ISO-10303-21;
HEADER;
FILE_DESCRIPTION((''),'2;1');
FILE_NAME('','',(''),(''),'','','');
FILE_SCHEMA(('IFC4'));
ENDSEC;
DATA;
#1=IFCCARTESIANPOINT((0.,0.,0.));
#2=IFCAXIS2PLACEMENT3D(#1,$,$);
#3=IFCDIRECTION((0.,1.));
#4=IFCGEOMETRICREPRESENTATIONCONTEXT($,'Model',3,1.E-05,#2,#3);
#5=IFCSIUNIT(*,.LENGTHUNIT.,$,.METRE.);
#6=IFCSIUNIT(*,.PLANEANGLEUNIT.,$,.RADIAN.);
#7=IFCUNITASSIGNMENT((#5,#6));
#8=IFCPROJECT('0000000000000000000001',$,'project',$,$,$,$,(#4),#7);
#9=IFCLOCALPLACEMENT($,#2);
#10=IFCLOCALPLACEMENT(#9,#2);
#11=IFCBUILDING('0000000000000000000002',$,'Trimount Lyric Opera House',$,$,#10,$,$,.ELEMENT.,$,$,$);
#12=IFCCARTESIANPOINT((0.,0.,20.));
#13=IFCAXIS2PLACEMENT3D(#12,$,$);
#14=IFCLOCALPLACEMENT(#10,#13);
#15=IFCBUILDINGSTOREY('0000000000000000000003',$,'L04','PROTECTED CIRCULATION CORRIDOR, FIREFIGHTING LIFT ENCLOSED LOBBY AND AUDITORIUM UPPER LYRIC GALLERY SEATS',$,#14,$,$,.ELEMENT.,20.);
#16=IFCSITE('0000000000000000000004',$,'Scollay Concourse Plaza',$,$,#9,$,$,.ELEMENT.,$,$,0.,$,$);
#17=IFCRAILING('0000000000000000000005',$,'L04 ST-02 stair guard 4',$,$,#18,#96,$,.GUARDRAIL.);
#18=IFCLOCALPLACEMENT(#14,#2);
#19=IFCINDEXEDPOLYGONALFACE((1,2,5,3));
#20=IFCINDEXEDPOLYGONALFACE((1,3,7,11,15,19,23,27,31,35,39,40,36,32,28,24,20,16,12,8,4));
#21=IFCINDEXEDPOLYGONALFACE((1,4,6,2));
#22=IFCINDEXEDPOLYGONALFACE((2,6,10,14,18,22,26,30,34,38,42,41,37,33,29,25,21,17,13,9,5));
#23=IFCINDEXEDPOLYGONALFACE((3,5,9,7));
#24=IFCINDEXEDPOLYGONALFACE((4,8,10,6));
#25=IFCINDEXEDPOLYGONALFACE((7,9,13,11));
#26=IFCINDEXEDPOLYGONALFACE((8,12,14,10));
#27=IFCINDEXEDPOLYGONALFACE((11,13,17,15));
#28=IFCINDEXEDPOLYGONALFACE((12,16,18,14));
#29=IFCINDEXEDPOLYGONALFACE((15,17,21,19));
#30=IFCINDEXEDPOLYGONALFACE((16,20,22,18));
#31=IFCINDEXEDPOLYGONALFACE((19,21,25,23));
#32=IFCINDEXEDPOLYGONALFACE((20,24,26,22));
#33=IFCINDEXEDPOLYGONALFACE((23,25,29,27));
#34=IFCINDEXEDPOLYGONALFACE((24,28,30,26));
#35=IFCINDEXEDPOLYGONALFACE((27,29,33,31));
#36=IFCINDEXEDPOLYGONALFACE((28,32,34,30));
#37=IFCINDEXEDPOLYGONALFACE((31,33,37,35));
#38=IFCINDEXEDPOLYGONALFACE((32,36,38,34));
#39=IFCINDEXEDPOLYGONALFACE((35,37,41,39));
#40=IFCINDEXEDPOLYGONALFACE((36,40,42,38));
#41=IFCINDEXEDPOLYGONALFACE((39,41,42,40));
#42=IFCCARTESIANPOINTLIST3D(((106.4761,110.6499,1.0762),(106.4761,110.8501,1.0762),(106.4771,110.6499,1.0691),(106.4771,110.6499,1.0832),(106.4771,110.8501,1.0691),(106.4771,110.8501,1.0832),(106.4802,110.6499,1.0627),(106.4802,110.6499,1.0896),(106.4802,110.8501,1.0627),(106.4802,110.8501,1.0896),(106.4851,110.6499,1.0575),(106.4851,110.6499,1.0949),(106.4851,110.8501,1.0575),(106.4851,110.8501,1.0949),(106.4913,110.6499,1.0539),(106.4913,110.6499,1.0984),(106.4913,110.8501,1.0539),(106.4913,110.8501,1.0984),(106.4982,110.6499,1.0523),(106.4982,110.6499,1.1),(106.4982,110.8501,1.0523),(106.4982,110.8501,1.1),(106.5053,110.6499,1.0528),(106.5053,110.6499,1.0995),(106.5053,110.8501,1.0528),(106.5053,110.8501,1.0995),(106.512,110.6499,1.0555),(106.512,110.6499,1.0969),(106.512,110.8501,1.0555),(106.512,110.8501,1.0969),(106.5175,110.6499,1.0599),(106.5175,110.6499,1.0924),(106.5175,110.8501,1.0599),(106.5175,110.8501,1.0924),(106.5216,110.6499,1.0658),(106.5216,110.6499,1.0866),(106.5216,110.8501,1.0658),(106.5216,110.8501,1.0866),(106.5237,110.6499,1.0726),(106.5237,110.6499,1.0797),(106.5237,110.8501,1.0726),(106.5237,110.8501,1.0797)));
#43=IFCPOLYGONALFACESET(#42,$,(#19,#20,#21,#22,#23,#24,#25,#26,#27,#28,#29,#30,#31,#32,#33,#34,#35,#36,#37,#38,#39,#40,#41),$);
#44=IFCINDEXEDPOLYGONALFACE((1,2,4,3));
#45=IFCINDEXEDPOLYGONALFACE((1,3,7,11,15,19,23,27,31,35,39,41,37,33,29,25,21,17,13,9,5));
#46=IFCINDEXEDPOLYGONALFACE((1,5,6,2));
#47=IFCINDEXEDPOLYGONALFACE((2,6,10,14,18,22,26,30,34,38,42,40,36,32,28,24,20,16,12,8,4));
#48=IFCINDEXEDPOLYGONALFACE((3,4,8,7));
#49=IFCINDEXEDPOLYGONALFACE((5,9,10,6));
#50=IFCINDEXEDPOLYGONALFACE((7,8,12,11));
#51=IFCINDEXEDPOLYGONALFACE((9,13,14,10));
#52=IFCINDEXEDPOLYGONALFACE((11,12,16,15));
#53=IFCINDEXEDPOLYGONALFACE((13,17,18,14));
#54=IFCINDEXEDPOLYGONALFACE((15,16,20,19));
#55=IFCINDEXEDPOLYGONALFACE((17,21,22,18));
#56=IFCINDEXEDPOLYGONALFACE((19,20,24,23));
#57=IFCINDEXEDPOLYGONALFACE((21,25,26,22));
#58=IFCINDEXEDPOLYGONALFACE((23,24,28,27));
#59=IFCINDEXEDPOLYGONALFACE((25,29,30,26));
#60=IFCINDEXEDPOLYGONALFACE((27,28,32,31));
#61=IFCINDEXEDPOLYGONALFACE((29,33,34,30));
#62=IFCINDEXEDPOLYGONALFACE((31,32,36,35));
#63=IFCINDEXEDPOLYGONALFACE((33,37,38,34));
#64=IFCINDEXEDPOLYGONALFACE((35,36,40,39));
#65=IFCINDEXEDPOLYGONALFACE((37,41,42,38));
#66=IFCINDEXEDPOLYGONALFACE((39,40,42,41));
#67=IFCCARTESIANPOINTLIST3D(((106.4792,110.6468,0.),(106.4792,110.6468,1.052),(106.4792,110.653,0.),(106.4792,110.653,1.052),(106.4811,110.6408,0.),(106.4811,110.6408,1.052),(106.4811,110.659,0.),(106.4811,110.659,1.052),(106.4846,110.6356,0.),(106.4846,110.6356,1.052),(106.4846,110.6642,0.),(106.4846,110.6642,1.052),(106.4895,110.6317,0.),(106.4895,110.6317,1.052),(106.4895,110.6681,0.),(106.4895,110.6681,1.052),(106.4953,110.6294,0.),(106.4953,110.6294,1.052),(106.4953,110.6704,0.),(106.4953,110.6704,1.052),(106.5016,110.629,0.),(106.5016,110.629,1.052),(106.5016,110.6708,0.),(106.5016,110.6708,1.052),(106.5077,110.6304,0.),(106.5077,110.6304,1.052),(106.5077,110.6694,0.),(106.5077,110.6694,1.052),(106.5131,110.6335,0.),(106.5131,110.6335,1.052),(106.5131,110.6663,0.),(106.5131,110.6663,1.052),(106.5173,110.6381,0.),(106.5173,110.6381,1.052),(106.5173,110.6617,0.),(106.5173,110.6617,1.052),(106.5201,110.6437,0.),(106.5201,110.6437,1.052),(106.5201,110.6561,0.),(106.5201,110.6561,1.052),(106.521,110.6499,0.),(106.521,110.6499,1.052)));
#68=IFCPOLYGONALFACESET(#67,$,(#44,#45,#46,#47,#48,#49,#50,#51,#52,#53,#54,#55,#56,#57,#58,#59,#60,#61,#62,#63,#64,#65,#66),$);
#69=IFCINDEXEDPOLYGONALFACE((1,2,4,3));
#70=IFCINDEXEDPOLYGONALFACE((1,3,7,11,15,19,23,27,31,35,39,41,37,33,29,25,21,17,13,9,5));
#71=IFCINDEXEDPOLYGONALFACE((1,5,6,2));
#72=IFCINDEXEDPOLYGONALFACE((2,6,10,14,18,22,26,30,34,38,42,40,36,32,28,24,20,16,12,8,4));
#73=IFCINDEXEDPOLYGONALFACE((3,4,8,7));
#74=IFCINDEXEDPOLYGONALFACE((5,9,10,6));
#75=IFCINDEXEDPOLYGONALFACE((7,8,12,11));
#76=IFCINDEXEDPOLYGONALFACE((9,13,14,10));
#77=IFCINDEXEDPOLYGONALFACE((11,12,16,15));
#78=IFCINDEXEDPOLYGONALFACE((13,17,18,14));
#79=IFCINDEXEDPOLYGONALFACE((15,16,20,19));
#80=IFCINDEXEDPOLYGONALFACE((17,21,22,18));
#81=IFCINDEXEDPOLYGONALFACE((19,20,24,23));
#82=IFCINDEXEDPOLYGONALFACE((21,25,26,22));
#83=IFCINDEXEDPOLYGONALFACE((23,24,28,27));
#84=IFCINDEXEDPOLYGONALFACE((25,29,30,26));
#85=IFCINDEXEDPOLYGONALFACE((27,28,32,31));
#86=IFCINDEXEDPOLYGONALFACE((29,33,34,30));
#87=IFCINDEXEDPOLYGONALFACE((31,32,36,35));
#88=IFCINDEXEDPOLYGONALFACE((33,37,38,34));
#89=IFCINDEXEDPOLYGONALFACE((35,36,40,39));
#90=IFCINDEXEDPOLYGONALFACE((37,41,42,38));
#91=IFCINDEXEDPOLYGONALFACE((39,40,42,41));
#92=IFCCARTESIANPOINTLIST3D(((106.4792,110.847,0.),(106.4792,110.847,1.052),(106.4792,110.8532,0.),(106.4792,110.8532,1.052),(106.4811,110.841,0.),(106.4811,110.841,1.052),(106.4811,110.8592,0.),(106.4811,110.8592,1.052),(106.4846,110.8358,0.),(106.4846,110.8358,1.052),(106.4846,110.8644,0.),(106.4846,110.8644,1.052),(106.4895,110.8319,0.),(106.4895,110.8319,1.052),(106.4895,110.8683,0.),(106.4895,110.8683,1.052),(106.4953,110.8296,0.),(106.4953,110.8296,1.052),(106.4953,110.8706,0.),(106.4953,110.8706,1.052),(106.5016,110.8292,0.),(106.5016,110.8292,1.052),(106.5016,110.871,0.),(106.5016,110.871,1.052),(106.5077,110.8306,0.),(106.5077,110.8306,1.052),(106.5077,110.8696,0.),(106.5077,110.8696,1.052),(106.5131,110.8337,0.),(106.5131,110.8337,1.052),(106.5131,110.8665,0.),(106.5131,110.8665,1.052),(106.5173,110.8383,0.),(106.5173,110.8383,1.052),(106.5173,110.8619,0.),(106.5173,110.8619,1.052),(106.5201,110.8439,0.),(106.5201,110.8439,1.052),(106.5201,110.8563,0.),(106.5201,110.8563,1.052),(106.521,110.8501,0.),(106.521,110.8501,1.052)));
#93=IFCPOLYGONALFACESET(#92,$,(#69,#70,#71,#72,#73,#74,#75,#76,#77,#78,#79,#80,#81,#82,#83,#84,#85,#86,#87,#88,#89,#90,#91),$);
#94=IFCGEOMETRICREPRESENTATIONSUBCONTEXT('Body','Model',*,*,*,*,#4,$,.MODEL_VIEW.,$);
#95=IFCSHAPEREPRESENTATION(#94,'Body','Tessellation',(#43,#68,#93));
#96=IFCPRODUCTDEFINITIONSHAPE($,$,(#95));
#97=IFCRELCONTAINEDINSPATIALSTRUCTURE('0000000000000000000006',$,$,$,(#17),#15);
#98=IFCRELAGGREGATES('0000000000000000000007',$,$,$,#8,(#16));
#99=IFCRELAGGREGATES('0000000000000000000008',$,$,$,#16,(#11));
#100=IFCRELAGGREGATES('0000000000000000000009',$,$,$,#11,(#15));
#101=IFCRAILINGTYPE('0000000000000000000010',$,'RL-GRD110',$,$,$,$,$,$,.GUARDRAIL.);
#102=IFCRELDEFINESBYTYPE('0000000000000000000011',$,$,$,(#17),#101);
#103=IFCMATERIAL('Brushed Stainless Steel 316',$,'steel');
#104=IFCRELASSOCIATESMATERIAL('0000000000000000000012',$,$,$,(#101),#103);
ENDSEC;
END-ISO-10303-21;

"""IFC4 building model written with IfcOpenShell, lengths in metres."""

from ifc_helpers import new_model, si_unit, direction, frame, origin, origin_2d, place, context, subcontext, project, spatial, circle, extrude, material, type_object, element, save


model = new_model("IFC4")

# Units and contexts
model_context = context("Model", 3, precision=1e-05, world=origin(), true_north=direction((0.0, 1.0)))
body_context = subcontext(model_context, "Body", "Model", "MODEL_VIEW")
ifc_project = project(units=[si_unit("LENGTHUNIT", "METRE"), si_unit("PLANEANGLEUNIT", "RADIAN")], contexts=[model_context])

# Site, building, storey
site_placement = place(None, origin())
site = spatial("IfcSite", under=ifc_project, at=site_placement, Name="Scollay Concourse Plaza", CompositionType="ELEMENT", RefElevation=0.0)
building_placement = place(site_placement, origin())
building = spatial("IfcBuilding", under=site, at=building_placement, Name="Trimount Lyric Opera House", CompositionType="ELEMENT")
storey_placement = place(building_placement, frame((0.0, 0.0, 20.0)))
storey = spatial("IfcBuildingStorey", under=building, at=storey_placement, Name="L04", Description="PROTECTED CIRCULATION CORRIDOR, FIREFIGHTING LIFT ENCLOSED LOBBY AND AUDITORIUM UPPER LYRIC GALLERY SEATS", CompositionType="ELEMENT", Elevation=20.0)

# Railing
ifc_material_1 = material(Name="Brushed Stainless Steel 316", Category="steel")
railing_type_1 = type_object("IfcRailingType", Name="RL-GRD110", PredefinedType="GUARDRAIL", material=ifc_material_1)
railing_1_placement = place(storey_placement, frame((106.5, 110.6499, 0.0)))
element("IfcRailing", 1, at=railing_1_placement, inside=storey, type_object=railing_type_1, Name="L04 ST-02 stair guard 4", PredefinedType="GUARDRAIL", context=body_context, shape_type="SweptSolid", body=[
    extrude(circle(Radius=0.0239, at=origin_2d()), frame((0.0, 0.0, 1.0762), z_axis=(0.0, 1.0, 0.0), x_axis=(-1.0, 0.0, 0.0)), (0.0, 0.0, 1.0), 0.2002),
    extrude(circle(Radius=0.021, at=origin_2d()), origin(), (0.0, 0.0, 1.0), 1.052),
    extrude(circle(Radius=0.021, at=origin_2d()), frame((0.0, 0.2002, 0.0)), (0.0, 0.0, 1.0), 1.052),
])

save(model, "model.ifc")
